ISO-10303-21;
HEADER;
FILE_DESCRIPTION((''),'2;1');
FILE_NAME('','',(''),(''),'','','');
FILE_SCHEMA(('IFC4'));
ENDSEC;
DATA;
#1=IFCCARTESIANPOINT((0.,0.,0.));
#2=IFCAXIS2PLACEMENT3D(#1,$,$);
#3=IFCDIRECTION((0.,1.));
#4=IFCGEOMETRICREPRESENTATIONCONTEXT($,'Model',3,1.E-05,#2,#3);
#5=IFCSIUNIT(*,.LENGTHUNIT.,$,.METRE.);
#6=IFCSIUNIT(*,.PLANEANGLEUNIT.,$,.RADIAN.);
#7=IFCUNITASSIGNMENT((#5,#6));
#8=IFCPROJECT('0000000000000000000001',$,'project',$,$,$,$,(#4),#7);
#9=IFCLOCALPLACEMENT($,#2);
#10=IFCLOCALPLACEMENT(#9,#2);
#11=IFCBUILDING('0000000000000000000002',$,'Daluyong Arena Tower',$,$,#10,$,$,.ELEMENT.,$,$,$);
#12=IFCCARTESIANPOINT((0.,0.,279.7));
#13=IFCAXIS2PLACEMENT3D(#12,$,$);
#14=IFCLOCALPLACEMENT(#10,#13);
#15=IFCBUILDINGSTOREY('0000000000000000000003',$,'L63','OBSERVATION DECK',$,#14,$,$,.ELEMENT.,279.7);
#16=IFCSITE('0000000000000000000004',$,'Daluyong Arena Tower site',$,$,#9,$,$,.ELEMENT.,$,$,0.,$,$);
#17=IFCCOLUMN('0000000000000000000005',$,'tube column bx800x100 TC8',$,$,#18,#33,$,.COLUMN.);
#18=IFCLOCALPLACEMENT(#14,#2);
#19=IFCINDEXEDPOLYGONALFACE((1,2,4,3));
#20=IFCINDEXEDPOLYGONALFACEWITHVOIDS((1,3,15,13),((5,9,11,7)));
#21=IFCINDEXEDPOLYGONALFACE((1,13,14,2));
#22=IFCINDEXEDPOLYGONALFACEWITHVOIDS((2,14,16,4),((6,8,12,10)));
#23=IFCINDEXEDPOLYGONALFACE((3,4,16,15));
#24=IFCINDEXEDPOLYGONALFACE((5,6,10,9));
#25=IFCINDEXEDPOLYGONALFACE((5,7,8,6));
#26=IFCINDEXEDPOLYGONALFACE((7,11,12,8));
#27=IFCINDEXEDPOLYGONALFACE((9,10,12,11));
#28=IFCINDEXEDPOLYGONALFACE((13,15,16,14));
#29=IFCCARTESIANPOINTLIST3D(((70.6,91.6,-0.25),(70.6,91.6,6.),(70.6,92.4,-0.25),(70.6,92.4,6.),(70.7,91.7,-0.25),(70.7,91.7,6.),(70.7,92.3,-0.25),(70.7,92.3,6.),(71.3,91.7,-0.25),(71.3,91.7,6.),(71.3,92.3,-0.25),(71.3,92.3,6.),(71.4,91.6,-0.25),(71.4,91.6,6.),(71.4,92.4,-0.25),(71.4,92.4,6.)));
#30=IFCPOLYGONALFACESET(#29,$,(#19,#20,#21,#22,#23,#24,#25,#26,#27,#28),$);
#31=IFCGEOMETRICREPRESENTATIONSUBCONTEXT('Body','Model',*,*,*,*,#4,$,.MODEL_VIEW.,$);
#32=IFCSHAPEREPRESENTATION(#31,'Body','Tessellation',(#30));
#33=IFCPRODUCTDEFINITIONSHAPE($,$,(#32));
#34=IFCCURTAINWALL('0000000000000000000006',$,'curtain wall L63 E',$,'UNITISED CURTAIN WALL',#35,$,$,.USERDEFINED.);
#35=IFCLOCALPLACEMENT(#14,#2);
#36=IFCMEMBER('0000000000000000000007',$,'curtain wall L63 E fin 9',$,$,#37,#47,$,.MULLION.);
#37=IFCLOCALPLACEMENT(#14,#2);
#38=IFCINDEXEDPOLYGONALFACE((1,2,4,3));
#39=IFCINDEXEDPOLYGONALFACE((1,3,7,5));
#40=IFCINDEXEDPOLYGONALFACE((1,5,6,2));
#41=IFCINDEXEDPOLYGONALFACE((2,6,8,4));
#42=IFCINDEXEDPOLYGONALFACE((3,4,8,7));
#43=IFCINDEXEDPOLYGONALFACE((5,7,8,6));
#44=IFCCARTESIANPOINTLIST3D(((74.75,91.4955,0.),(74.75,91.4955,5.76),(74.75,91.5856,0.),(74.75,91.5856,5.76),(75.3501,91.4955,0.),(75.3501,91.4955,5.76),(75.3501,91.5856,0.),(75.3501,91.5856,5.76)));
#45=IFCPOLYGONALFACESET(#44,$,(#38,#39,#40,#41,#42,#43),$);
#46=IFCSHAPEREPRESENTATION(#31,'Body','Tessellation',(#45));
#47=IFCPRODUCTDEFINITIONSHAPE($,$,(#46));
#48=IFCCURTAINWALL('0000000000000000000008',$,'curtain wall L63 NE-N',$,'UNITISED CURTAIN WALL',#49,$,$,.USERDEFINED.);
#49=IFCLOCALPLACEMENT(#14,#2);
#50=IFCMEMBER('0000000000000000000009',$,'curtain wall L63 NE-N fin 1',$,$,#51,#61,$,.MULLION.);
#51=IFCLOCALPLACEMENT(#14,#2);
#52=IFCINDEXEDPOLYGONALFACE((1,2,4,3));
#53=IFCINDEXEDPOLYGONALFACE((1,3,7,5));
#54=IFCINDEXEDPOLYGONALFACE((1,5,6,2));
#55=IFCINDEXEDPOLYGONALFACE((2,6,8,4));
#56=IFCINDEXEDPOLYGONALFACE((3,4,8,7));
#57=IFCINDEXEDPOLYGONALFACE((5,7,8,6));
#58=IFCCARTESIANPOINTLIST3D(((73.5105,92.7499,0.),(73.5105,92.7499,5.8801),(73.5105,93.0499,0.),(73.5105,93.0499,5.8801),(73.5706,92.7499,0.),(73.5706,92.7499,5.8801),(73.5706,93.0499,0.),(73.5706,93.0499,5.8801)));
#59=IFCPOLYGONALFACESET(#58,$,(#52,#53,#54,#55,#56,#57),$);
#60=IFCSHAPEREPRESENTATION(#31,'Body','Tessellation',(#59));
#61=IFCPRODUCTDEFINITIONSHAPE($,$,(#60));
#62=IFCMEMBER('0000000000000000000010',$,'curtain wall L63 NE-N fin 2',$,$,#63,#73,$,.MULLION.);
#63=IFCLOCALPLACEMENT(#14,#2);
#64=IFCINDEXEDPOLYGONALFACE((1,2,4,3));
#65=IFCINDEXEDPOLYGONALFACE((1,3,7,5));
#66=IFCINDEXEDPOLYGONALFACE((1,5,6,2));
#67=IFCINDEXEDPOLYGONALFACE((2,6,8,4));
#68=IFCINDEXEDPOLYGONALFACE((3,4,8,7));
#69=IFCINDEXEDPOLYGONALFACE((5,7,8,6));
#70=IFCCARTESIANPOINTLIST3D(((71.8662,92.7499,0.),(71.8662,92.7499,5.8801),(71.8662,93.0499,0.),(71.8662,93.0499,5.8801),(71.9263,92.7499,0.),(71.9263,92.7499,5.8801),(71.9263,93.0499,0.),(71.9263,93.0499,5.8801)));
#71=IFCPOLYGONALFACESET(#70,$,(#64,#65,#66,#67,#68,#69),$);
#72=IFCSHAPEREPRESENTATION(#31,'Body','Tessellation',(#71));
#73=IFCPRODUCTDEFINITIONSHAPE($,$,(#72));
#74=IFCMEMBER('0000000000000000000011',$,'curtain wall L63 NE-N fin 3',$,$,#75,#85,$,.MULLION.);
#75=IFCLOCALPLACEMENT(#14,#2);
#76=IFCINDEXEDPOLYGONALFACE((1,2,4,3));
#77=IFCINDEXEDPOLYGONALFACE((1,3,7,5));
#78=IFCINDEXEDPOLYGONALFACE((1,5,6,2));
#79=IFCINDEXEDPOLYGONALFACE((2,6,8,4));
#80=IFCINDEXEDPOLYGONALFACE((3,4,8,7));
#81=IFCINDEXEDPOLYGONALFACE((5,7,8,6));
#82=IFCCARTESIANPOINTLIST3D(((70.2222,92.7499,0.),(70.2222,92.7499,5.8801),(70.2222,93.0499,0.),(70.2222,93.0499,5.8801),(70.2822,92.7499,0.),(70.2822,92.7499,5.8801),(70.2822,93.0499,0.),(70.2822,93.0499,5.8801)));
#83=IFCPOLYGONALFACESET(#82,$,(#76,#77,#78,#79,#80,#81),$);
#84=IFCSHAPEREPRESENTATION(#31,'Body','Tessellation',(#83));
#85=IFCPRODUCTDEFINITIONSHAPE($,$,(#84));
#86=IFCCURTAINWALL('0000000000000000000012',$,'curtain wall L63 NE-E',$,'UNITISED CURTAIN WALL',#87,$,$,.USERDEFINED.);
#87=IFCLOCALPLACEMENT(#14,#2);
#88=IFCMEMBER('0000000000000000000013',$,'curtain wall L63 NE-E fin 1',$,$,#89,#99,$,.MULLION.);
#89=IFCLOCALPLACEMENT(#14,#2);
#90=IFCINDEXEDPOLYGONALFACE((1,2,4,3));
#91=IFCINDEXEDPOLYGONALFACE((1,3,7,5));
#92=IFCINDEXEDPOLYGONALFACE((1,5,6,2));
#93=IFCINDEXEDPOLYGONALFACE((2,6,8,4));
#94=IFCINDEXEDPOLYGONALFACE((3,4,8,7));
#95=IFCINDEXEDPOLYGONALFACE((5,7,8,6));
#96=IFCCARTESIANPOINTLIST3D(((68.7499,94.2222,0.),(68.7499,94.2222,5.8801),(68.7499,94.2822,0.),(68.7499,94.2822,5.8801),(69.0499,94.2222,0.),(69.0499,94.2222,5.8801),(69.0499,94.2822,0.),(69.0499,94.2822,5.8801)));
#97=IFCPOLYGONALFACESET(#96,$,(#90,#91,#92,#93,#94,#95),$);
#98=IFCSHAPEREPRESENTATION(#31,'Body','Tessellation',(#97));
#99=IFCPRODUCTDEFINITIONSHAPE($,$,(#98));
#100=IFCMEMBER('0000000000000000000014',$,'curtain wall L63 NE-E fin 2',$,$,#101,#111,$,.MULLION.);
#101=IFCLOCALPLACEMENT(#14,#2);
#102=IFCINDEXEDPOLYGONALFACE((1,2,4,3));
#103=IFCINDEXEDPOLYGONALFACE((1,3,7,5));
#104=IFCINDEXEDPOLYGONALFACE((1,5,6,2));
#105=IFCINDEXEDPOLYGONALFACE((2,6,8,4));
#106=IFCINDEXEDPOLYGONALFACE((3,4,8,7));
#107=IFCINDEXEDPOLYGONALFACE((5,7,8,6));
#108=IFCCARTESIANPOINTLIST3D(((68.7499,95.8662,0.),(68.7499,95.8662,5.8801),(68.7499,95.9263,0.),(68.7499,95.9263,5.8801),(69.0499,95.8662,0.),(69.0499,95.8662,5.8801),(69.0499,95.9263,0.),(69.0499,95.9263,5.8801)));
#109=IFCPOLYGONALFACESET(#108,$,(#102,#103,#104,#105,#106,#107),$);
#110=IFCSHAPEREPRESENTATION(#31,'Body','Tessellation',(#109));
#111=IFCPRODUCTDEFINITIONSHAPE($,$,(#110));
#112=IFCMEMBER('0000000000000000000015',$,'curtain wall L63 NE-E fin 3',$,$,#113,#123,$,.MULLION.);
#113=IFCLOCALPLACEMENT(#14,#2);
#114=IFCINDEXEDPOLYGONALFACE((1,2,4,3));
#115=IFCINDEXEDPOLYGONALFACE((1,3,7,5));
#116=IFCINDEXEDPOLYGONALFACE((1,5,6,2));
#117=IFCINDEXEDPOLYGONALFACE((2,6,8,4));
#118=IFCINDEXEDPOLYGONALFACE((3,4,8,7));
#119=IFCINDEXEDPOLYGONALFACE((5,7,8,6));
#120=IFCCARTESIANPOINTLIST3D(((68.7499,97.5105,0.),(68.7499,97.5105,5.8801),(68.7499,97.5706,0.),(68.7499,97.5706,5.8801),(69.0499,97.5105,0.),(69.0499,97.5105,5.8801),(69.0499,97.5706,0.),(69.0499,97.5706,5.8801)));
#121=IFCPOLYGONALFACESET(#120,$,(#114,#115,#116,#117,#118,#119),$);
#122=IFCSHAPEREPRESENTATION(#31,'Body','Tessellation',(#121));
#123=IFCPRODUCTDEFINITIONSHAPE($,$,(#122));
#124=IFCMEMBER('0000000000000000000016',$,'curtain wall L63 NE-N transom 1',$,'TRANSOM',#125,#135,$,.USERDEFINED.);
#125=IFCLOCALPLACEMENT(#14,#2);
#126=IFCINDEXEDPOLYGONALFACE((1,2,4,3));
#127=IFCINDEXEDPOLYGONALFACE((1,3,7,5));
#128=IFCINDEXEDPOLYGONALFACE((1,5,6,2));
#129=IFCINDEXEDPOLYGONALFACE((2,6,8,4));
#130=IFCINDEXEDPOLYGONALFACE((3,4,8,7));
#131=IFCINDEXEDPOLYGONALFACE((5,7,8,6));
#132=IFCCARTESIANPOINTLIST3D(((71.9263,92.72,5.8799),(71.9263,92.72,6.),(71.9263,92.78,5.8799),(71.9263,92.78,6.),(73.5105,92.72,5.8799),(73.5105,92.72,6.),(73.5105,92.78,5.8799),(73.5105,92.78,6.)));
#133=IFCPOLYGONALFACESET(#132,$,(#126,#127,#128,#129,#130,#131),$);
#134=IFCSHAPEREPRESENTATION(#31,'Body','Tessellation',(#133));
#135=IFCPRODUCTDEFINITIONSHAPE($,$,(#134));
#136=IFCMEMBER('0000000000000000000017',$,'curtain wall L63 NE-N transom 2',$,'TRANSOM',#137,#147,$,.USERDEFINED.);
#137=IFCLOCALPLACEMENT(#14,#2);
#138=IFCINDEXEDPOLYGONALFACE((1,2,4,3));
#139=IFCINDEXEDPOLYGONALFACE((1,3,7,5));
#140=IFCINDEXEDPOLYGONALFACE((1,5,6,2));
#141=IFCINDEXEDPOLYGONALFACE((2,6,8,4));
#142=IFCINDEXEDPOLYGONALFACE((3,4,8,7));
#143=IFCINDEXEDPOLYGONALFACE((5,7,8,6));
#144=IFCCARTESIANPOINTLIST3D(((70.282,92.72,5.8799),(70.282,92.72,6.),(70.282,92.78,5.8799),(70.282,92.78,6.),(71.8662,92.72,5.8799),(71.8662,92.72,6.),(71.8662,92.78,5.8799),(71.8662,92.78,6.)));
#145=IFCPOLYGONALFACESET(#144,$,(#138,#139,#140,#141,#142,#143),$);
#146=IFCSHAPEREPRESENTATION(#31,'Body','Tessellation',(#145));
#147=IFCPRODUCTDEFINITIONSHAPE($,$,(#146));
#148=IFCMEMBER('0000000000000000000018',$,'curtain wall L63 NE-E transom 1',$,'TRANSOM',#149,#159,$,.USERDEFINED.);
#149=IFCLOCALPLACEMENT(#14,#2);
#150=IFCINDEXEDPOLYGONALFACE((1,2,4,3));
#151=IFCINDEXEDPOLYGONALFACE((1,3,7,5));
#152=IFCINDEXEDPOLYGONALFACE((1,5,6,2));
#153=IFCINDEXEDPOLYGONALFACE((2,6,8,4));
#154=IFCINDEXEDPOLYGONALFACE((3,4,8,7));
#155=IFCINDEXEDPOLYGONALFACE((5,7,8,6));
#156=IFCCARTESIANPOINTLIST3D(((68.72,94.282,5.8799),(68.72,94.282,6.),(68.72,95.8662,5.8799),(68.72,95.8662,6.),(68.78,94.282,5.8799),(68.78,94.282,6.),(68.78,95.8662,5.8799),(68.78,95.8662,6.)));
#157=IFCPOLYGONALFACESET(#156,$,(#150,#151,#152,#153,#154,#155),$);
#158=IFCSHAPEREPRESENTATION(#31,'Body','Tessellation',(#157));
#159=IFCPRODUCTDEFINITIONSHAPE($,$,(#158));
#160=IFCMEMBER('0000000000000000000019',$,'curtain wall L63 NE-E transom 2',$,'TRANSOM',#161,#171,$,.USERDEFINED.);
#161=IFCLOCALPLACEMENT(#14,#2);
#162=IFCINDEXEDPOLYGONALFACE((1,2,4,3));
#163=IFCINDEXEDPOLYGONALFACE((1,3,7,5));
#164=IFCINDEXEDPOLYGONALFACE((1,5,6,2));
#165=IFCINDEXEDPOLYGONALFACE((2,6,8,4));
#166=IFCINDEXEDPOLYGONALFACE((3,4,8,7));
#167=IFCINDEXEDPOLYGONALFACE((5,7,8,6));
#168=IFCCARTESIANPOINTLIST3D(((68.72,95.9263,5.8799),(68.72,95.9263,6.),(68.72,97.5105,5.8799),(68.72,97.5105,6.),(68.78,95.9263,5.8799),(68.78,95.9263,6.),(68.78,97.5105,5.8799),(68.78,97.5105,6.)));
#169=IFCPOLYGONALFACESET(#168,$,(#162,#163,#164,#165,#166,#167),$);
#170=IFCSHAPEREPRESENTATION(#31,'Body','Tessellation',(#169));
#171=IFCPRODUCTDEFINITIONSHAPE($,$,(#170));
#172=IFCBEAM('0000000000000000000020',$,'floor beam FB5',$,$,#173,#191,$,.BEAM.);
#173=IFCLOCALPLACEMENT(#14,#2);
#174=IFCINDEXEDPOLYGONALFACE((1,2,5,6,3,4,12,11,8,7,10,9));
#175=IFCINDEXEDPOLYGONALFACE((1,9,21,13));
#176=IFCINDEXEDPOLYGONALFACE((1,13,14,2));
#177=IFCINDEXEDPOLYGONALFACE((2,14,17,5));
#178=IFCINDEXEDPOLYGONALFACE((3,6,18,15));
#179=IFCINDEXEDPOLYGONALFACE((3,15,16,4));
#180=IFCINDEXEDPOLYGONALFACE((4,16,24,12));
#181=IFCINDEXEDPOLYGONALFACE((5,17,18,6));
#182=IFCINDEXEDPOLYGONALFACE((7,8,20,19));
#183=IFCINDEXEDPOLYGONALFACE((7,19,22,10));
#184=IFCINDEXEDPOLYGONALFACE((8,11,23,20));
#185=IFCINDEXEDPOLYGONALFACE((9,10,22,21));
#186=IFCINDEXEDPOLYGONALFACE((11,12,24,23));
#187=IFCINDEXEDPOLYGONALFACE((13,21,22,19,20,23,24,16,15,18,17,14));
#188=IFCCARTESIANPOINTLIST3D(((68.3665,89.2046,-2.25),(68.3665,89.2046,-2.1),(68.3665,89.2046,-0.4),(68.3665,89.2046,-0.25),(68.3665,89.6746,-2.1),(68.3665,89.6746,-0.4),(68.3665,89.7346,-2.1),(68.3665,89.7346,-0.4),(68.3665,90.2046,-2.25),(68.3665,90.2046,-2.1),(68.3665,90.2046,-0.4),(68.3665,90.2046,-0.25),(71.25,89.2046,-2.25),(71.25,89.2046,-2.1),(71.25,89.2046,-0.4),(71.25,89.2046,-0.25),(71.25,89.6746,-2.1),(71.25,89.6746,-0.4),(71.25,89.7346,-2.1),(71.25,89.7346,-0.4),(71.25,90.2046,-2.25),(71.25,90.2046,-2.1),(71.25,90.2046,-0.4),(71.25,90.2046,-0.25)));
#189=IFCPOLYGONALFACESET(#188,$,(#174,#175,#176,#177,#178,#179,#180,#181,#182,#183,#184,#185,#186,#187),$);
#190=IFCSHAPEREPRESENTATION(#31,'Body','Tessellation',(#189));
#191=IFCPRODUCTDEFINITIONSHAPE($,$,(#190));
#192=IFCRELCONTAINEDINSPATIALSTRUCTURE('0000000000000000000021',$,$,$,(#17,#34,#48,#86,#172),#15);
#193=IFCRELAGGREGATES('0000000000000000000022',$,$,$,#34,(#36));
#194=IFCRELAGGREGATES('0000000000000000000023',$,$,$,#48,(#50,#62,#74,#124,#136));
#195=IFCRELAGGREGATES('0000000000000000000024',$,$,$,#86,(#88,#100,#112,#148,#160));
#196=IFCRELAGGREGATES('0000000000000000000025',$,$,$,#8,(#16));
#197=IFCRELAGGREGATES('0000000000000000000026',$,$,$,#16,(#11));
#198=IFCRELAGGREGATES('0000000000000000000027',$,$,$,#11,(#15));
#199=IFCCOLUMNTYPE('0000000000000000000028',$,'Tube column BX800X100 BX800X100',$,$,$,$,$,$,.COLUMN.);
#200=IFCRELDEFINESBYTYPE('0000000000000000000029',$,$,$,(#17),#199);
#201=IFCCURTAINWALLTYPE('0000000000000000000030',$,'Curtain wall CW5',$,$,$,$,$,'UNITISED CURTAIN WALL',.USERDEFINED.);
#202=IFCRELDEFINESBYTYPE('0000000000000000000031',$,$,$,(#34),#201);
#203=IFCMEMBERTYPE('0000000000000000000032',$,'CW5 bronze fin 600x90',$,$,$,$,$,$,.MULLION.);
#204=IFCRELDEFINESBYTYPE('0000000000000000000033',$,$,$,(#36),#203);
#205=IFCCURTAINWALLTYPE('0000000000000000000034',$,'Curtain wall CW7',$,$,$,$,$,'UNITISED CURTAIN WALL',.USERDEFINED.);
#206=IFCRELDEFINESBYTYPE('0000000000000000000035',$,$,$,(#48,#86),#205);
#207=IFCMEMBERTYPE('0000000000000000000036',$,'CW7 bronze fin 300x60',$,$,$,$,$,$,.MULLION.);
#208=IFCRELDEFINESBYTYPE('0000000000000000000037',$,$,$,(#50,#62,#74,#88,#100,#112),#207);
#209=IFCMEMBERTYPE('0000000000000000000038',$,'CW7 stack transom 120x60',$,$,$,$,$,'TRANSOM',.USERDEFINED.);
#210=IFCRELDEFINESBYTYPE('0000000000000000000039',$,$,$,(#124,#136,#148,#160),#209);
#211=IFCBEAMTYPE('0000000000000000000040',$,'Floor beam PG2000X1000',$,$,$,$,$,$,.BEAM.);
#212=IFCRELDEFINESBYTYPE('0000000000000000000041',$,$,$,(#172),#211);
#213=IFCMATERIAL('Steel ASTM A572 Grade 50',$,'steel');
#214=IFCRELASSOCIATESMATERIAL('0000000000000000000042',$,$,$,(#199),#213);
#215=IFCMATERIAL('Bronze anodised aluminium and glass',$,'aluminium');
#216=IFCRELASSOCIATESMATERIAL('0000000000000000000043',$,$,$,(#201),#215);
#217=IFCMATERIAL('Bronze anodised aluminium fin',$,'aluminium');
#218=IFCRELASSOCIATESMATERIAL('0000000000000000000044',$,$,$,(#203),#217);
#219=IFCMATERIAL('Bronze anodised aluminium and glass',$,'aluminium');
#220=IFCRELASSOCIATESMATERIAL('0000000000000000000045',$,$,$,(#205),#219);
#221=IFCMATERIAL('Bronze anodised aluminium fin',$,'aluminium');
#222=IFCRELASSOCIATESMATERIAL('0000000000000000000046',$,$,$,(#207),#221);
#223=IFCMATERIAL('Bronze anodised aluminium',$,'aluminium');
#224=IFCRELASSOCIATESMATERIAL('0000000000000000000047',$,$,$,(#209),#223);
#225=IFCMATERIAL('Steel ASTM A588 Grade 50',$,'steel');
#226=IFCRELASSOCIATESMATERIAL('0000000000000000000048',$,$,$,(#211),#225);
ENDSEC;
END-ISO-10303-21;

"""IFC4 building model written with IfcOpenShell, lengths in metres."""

from ifc_helpers import new_model, si_unit, direction, frame, origin, origin_2d, place, context, subcontext, project, spatial, rectangle, hollow_rectangle, i_section, extrude, material, material_profile, profile_set, type_object, element, aggregate, save


model = new_model("IFC4")

# Units and contexts
model_context = context("Model", 3, precision=1e-05, world=origin(), true_north=direction((0.0, 1.0)))
body_context = subcontext(model_context, "Body", "Model", "MODEL_VIEW")
ifc_project = project(units=[si_unit("LENGTHUNIT", "METRE"), si_unit("PLANEANGLEUNIT", "RADIAN")], contexts=[model_context])

# Site, building, storey
site_placement = place(None, origin())
site = spatial("IfcSite", under=ifc_project, at=site_placement, Name="Daluyong Arena Tower site", CompositionType="ELEMENT", RefElevation=0.0)
building_placement = place(site_placement, origin())
building = spatial("IfcBuilding", under=site, at=building_placement, Name="Daluyong Arena Tower", CompositionType="ELEMENT")
storey_placement = place(building_placement, frame((0.0, 0.0, 279.7)))
storey = spatial("IfcBuildingStorey", under=building, at=storey_placement, Name="L63", Description="OBSERVATION DECK", CompositionType="ELEMENT", Elevation=279.7)

# Column
ifc_material_1 = material(Name="Steel ASTM A572 Grade 50", Category="steel")
ifc_material_profile_1 = material_profile(ifc_material_1, hollow_rectangle(XDim=0.8, YDim=0.8, WallThickness=0.1, at=origin_2d()))
ifc_profile_set_1 = profile_set([ifc_material_profile_1], Name="Steel ASTM A572 Grade 50")
column_type_1 = type_object("IfcColumnType", Name="Tube column BX800X100 BX800X100", PredefinedType="COLUMN", material=ifc_profile_set_1)
column_1_placement = place(storey_placement, frame((71.0, 92.0, -0.25), z_axis=(0.0, 0.0, 1.0), x_axis=(1.0, 0.0, 0.0)))
element("IfcColumn", 1, at=column_1_placement, inside=storey, type_object=column_type_1, Name="tube column bx800x100 TC8", PredefinedType="COLUMN", context=body_context, shape_type="SweptSolid", body=[
    extrude(hollow_rectangle(XDim=0.8, YDim=0.8, WallThickness=0.1, at=origin_2d()), origin(), (0.0, 0.0, 1.0), 6.25),
])

# Curtain wall, member
ifc_material_2 = material(Name="Bronze anodised aluminium and glass", Category="aluminium")
curtain_wall_type_1 = type_object("IfcCurtainWallType", Name="Curtain wall CW5", ElementType="UNITISED CURTAIN WALL", PredefinedType="USERDEFINED", material=ifc_material_2)
curtain_wall_1_placement = place(storey_placement, origin())
curtain_wall_1 = element("IfcCurtainWall", 2, at=curtain_wall_1_placement, inside=storey, type_object=curtain_wall_type_1, Name="curtain wall L63 E", ObjectType="UNITISED CURTAIN WALL", PredefinedType="USERDEFINED")
ifc_material_3 = material(Name="Bronze anodised aluminium fin", Category="aluminium")
ifc_material_profile_2 = material_profile(ifc_material_3, rectangle(XDim=0.6001, YDim=0.0901, at=origin_2d()))
ifc_profile_set_2 = profile_set([ifc_material_profile_2], Name="Bronze anodised aluminium fin")
member_type_1 = type_object("IfcMemberType", Name="CW5 bronze fin 600x90", PredefinedType="MULLION", material=ifc_profile_set_2)
member_1_placement = place(storey_placement, frame((75.05, 91.5405, 0.0), z_axis=(0.0, 0.0, 1.0), x_axis=(-1.0, 0.0, 0.0)))
member_1 = element("IfcMember", 3, at=member_1_placement, type_object=member_type_1, Name="curtain wall L63 E fin 9", PredefinedType="MULLION", context=body_context, shape_type="SweptSolid", body=[
    extrude(rectangle(XDim=0.6001, YDim=0.0901, at=origin_2d()), origin(), (0.0, 0.0, 1.0), 5.76),
])

# Curtain walls, members
ifc_material_4 = material(Name="Bronze anodised aluminium and glass", Category="aluminium")
curtain_wall_type_2 = type_object("IfcCurtainWallType", Name="Curtain wall CW7", ElementType="UNITISED CURTAIN WALL", PredefinedType="USERDEFINED", material=ifc_material_4)
curtain_wall_2_placement = place(storey_placement, origin())
curtain_wall_2 = element("IfcCurtainWall", 4, at=curtain_wall_2_placement, inside=storey, type_object=curtain_wall_type_2, Name="curtain wall L63 NE-N", ObjectType="UNITISED CURTAIN WALL", PredefinedType="USERDEFINED")
ifc_material_5 = material(Name="Bronze anodised aluminium fin", Category="aluminium")
ifc_material_profile_3 = material_profile(ifc_material_5, rectangle(XDim=0.3, YDim=0.0601, at=origin_2d()))
ifc_profile_set_3 = profile_set([ifc_material_profile_3], Name="Bronze anodised aluminium fin")
member_type_2 = type_object("IfcMemberType", Name="CW7 bronze fin 300x60", PredefinedType="MULLION", material=ifc_profile_set_3)
member_2_placement = place(storey_placement, frame((73.5405, 92.8999, 0.0), z_axis=(0.0, 0.0, 1.0), x_axis=(0.0, -1.0, 0.0)))
member_2 = element("IfcMember", 5, at=member_2_placement, type_object=member_type_2, Name="curtain wall L63 NE-N fin 1", PredefinedType="MULLION", context=body_context, shape_type="SweptSolid", body=[
    extrude(rectangle(XDim=0.3, YDim=0.0601, at=origin_2d()), origin(), (0.0, 0.0, 1.0), 5.8801),
])
member_3_placement = place(storey_placement, frame((71.8962, 92.8999, 0.0), z_axis=(0.0, 0.0, 1.0), x_axis=(0.0, -1.0, 0.0)))
member_3 = element("IfcMember", 6, at=member_3_placement, type_object=member_type_2, Name="curtain wall L63 NE-N fin 2", PredefinedType="MULLION", context=body_context, shape_type="SweptSolid", body=[
    extrude(rectangle(XDim=0.3, YDim=0.0601, at=origin_2d()), origin(), (0.0, 0.0, 1.0), 5.8801),
])
member_4_placement = place(storey_placement, frame((70.2522, 92.8999, 0.0), z_axis=(0.0, 0.0, 1.0), x_axis=(0.0, -1.0, 0.0)))
member_4 = element("IfcMember", 7, at=member_4_placement, type_object=member_type_2, Name="curtain wall L63 NE-N fin 3", PredefinedType="MULLION", context=body_context, shape_type="SweptSolid", body=[
    extrude(rectangle(XDim=0.3, YDim=0.0601, at=origin_2d()), origin(), (0.0, 0.0, 1.0), 5.8801),
])
curtain_wall_3_placement = place(storey_placement, origin())
curtain_wall_3 = element("IfcCurtainWall", 8, at=curtain_wall_3_placement, inside=storey, type_object=curtain_wall_type_2, Name="curtain wall L63 NE-E", ObjectType="UNITISED CURTAIN WALL", PredefinedType="USERDEFINED")
member_5_placement = place(storey_placement, frame((68.8999, 94.2522, 0.0), z_axis=(0.0, 0.0, 1.0), x_axis=(-1.0, 0.0, 0.0)))
member_5 = element("IfcMember", 9, at=member_5_placement, type_object=member_type_2, Name="curtain wall L63 NE-E fin 1", PredefinedType="MULLION", context=body_context, shape_type="SweptSolid", body=[
    extrude(rectangle(XDim=0.3, YDim=0.0601, at=origin_2d()), origin(), (0.0, 0.0, 1.0), 5.8801),
])
member_6_placement = place(storey_placement, frame((68.8999, 95.8962, 0.0), z_axis=(0.0, 0.0, 1.0), x_axis=(-1.0, 0.0, 0.0)))
member_6 = element("IfcMember", 10, at=member_6_placement, type_object=member_type_2, Name="curtain wall L63 NE-E fin 2", PredefinedType="MULLION", context=body_context, shape_type="SweptSolid", body=[
    extrude(rectangle(XDim=0.3, YDim=0.0601, at=origin_2d()), origin(), (0.0, 0.0, 1.0), 5.8801),
])
member_7_placement = place(storey_placement, frame((68.8999, 97.5405, 0.0), z_axis=(0.0, 0.0, 1.0), x_axis=(-1.0, 0.0, 0.0)))
member_7 = element("IfcMember", 11, at=member_7_placement, type_object=member_type_2, Name="curtain wall L63 NE-E fin 3", PredefinedType="MULLION", context=body_context, shape_type="SweptSolid", body=[
    extrude(rectangle(XDim=0.3, YDim=0.0601, at=origin_2d()), origin(), (0.0, 0.0, 1.0), 5.8801),
])

# Members
ifc_material_6 = material(Name="Bronze anodised aluminium", Category="aluminium")
ifc_material_profile_4 = material_profile(ifc_material_6, rectangle(XDim=0.0601, YDim=0.1201, at=origin_2d()))
ifc_profile_set_4 = profile_set([ifc_material_profile_4], Name="Bronze anodised aluminium")
member_type_3 = type_object("IfcMemberType", Name="CW7 stack transom 120x60", ElementType="TRANSOM", PredefinedType="USERDEFINED", material=ifc_profile_set_4)
member_8_placement = place(storey_placement, frame((73.5105, 92.75, 5.9399), z_axis=(-1.0, 0.0, 0.0), x_axis=(0.0, -1.0, 0.0)))
member_8 = element("IfcMember", 12, at=member_8_placement, type_object=member_type_3, Name="curtain wall L63 NE-N transom 1", ObjectType="TRANSOM", PredefinedType="USERDEFINED", context=body_context, shape_type="SweptSolid", body=[
    extrude(rectangle(XDim=0.0601, YDim=0.1201, at=origin_2d()), origin(), (0.0, 0.0, 1.0), 1.5842),
])
member_9_placement = place(storey_placement, frame((71.8662, 92.75, 5.9399), z_axis=(-1.0, 0.0, 0.0), x_axis=(0.0, -1.0, 0.0)))
member_9 = element("IfcMember", 13, at=member_9_placement, type_object=member_type_3, Name="curtain wall L63 NE-N transom 2", ObjectType="TRANSOM", PredefinedType="USERDEFINED", context=body_context, shape_type="SweptSolid", body=[
    extrude(rectangle(XDim=0.0601, YDim=0.1201, at=origin_2d()), origin(), (0.0, 0.0, 1.0), 1.5842),
])
member_10_placement = place(storey_placement, frame((68.75, 94.282, 5.9399), z_axis=(0.0, 1.0, 0.0), x_axis=(-1.0, 0.0, 0.0)))
member_10 = element("IfcMember", 14, at=member_10_placement, type_object=member_type_3, Name="curtain wall L63 NE-E transom 1", ObjectType="TRANSOM", PredefinedType="USERDEFINED", context=body_context, shape_type="SweptSolid", body=[
    extrude(rectangle(XDim=0.0601, YDim=0.1201, at=origin_2d()), origin(), (0.0, 0.0, 1.0), 1.5842),
])
member_11_placement = place(storey_placement, frame((68.75, 95.9263, 5.9399), z_axis=(0.0, 1.0, 0.0), x_axis=(-1.0, 0.0, 0.0)))
member_11 = element("IfcMember", 15, at=member_11_placement, type_object=member_type_3, Name="curtain wall L63 NE-E transom 2", ObjectType="TRANSOM", PredefinedType="USERDEFINED", context=body_context, shape_type="SweptSolid", body=[
    extrude(rectangle(XDim=0.0601, YDim=0.1201, at=origin_2d()), origin(), (0.0, 0.0, 1.0), 1.5842),
])

# Beam
ifc_material_7 = material(Name="Steel ASTM A588 Grade 50", Category="steel")
ifc_material_profile_5 = material_profile(ifc_material_7, i_section(OverallWidth=1.0, OverallDepth=2.0, WebThickness=0.06, FlangeThickness=0.15, at=origin_2d()))
ifc_profile_set_5 = profile_set([ifc_material_profile_5], Name="Steel ASTM A588 Grade 50")
beam_type_1 = type_object("IfcBeamType", Name="Floor beam PG2000X1000", PredefinedType="BEAM", material=ifc_profile_set_5)
beam_1_placement = place(storey_placement, frame((71.25, 89.7046, -1.25), z_axis=(-1.0, 0.0, 0.0), x_axis=(0.0, -1.0, 0.0)))
element("IfcBeam", 16, at=beam_1_placement, inside=storey, type_object=beam_type_1, Name="floor beam FB5", PredefinedType="BEAM", context=body_context, shape_type="SweptSolid", body=[
    extrude(i_section(OverallWidth=1.0, OverallDepth=2.0, WebThickness=0.06, FlangeThickness=0.15, at=origin_2d()), origin(), (0.0, 0.0, 1.0), 2.8835),
])

aggregate(curtain_wall_1, [member_1])
aggregate(curtain_wall_2, [member_2, member_3, member_4, member_8, member_9])
aggregate(curtain_wall_3, [member_5, member_6, member_7, member_10, member_11])

save(model, "model.ifc")
